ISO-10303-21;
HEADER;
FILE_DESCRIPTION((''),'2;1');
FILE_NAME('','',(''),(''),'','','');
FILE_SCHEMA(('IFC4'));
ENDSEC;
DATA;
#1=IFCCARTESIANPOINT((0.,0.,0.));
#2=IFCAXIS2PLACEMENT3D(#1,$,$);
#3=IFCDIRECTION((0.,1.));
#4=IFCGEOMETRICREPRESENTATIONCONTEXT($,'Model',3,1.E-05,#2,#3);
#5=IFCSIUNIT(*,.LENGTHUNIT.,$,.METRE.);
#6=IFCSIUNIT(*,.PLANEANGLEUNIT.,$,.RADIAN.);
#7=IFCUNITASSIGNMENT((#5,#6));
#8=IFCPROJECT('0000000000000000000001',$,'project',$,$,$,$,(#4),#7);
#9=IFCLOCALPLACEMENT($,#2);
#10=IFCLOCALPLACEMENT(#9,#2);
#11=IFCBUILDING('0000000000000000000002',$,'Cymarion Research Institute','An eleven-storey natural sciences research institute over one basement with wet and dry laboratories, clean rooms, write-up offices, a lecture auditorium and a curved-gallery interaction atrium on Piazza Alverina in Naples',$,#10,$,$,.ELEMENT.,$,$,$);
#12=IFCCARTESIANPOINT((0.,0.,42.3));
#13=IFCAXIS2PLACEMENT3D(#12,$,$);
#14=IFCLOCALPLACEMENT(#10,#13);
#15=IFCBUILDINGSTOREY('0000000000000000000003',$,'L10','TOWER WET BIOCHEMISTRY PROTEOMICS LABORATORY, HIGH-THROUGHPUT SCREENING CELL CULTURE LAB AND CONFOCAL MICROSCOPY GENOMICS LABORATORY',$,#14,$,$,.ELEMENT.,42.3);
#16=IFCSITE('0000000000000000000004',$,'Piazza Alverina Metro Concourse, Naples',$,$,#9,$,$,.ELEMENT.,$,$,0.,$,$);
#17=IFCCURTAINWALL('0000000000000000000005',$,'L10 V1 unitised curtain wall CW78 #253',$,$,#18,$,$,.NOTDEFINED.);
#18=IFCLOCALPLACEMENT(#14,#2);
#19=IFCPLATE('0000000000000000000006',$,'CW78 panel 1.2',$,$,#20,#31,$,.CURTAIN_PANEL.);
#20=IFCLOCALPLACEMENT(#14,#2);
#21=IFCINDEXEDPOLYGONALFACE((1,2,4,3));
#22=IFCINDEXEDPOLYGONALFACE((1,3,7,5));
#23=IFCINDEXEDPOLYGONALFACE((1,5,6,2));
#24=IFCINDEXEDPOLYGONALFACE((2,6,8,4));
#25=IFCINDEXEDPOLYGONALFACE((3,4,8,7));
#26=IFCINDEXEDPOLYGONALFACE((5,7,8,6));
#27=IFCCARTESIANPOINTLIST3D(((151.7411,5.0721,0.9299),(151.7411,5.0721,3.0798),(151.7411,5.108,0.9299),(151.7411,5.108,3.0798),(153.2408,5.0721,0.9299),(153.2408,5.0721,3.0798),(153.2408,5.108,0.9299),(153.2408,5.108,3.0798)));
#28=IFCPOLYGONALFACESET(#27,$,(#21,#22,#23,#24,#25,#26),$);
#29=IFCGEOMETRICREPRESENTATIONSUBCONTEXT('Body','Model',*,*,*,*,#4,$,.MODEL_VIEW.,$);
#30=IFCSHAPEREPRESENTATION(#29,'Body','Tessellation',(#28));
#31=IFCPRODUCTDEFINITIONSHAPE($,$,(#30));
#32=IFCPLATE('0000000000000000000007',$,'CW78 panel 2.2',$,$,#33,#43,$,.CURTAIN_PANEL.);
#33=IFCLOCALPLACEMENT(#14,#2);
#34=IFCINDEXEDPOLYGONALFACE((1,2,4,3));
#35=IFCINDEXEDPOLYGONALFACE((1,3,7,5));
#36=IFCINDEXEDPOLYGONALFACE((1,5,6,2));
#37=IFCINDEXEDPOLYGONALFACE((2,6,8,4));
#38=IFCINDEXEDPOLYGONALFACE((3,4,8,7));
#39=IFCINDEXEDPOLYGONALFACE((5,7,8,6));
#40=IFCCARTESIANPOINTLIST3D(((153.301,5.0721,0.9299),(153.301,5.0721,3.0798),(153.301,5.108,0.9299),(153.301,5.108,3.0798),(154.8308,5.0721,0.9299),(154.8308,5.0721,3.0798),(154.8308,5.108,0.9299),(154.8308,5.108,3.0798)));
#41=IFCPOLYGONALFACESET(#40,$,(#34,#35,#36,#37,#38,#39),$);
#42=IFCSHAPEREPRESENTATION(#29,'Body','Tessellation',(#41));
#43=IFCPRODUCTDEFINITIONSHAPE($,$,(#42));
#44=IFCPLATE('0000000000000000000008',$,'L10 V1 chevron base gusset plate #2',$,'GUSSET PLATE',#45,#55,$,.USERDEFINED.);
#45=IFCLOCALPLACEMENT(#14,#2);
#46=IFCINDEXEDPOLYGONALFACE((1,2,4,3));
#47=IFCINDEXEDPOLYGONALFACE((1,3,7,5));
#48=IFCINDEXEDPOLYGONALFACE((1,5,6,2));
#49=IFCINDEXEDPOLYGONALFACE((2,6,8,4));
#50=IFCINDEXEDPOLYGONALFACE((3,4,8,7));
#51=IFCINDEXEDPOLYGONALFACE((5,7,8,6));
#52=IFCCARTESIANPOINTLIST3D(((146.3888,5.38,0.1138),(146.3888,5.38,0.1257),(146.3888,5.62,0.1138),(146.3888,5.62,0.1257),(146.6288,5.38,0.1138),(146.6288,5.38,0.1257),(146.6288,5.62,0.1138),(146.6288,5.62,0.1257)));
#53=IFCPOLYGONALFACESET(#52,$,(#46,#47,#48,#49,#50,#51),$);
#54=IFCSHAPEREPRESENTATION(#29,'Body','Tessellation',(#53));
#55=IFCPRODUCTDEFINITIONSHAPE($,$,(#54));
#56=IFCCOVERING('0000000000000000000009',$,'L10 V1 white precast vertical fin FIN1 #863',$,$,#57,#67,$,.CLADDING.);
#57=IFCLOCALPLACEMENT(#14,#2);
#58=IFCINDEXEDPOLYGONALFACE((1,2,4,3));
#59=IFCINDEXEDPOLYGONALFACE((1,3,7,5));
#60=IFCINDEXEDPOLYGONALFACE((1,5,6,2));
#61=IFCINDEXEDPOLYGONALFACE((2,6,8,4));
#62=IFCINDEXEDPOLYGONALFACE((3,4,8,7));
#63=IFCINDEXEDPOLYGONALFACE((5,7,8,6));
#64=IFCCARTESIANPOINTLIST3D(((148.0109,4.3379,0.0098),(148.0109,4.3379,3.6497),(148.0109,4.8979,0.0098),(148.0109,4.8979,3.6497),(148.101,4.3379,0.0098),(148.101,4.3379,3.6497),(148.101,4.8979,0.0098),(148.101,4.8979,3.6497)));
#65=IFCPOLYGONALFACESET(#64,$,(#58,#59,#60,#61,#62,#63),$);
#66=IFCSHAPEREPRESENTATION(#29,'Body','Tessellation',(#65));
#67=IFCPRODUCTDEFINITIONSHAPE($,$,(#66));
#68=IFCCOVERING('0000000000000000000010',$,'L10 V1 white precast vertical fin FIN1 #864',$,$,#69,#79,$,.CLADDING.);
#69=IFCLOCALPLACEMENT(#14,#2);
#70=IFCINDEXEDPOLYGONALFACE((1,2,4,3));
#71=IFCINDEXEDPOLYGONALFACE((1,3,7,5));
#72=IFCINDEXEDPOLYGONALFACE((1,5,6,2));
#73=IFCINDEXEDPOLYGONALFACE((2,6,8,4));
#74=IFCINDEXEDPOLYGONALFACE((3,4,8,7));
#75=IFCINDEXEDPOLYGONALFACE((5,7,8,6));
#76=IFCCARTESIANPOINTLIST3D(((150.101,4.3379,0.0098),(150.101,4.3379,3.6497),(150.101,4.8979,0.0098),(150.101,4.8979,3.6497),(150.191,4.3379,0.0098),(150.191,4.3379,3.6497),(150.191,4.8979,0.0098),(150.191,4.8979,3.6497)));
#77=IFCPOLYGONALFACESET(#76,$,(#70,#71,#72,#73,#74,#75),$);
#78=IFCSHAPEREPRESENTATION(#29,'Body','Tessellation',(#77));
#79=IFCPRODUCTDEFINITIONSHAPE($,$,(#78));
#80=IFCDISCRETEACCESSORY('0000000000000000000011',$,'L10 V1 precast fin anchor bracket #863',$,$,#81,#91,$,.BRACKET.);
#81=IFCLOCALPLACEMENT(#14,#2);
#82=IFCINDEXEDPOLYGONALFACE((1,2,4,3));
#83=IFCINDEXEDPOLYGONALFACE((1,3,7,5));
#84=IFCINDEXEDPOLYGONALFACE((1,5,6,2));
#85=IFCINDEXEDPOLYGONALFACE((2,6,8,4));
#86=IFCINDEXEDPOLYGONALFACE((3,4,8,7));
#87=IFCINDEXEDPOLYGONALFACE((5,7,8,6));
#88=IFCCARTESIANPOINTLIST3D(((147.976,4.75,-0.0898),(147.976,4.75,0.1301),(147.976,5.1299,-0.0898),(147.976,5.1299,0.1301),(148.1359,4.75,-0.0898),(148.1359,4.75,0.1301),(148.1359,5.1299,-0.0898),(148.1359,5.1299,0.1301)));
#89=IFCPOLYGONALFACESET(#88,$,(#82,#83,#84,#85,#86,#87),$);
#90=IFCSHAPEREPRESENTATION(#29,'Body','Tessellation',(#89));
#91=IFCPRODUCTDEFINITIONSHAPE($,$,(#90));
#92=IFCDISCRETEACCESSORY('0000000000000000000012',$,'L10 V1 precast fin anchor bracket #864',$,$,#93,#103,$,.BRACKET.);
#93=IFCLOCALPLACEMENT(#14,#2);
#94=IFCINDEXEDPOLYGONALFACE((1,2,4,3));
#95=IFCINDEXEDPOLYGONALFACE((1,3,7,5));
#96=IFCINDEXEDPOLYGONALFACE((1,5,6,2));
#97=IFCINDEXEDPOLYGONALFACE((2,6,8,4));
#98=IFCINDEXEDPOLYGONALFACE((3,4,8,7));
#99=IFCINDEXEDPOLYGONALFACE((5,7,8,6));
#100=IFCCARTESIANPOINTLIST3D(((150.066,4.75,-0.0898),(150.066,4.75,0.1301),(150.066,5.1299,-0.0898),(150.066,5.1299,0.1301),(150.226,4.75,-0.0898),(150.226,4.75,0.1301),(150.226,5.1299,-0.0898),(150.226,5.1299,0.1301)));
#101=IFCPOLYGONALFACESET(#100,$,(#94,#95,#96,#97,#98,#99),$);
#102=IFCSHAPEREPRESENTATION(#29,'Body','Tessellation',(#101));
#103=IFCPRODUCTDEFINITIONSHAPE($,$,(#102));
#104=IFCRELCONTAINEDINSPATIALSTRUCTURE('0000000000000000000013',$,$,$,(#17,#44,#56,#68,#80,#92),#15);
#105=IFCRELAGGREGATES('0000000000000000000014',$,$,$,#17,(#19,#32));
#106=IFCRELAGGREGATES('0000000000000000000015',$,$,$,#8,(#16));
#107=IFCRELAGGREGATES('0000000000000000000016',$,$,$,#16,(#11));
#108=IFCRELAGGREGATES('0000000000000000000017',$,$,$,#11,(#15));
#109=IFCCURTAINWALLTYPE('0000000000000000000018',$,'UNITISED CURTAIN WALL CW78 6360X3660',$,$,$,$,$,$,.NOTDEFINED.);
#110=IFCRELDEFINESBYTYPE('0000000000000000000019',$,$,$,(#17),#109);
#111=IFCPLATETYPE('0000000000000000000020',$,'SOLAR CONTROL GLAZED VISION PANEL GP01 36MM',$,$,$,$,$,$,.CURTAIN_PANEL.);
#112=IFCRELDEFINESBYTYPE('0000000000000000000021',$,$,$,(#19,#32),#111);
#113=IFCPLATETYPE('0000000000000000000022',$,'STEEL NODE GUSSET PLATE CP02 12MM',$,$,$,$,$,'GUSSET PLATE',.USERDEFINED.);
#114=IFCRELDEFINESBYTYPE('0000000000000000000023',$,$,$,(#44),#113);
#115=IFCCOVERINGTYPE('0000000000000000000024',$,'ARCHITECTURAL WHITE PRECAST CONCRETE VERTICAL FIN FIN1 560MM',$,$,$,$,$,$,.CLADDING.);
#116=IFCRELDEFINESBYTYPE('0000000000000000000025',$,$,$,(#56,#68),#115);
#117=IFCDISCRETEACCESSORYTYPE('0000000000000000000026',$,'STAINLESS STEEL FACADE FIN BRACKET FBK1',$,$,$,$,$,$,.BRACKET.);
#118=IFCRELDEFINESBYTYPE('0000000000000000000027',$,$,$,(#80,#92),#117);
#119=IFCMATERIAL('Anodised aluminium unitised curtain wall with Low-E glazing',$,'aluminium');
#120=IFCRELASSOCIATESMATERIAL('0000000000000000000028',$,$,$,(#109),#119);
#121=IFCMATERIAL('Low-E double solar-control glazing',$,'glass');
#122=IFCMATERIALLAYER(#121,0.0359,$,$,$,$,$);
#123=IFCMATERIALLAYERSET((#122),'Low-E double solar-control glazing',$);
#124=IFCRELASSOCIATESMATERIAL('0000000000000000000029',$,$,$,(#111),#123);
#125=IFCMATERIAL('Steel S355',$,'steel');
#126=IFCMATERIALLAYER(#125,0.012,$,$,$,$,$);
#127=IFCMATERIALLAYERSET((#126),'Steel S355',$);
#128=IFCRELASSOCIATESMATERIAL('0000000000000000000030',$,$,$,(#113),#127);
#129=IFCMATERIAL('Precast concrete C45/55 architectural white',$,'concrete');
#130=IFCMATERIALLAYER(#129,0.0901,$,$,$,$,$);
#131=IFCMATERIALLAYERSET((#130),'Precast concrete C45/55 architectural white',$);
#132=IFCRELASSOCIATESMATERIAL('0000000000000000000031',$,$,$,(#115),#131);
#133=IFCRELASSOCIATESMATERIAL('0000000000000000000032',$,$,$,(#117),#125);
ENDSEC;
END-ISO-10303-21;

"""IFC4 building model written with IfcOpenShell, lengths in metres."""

from ifc_helpers import new_model, si_unit, direction, frame, origin, origin_2d, place, context, subcontext, project, spatial, rectangle, extrude, material, layer, layer_set, type_object, element, aggregate, save


model = new_model("IFC4")

# Units and contexts
model_context = context("Model", 3, precision=1e-05, world=origin(), true_north=direction((0.0, 1.0)))
body_context = subcontext(model_context, "Body", "Model", "MODEL_VIEW")
ifc_project = project(units=[si_unit("LENGTHUNIT", "METRE"), si_unit("PLANEANGLEUNIT", "RADIAN")], contexts=[model_context])

# Site, building, storey
site_placement = place(None, origin())
site = spatial("IfcSite", under=ifc_project, at=site_placement, Name="Piazza Alverina Metro Concourse, Naples", CompositionType="ELEMENT", RefElevation=0.0)
building_placement = place(site_placement, origin())
building = spatial("IfcBuilding", under=site, at=building_placement, Name="Cymarion Research Institute", Description="An eleven-storey natural sciences research institute over one basement with wet and dry laboratories, clean rooms, write-up offices, a lecture auditorium and a curved-gallery interaction atrium on Piazza Alverina in Naples", CompositionType="ELEMENT")
storey_placement = place(building_placement, frame((0.0, 0.0, 42.3)))
storey = spatial("IfcBuildingStorey", under=building, at=storey_placement, Name="L10", Description="TOWER WET BIOCHEMISTRY PROTEOMICS LABORATORY, HIGH-THROUGHPUT SCREENING CELL CULTURE LAB AND CONFOCAL MICROSCOPY GENOMICS LABORATORY", CompositionType="ELEMENT", Elevation=42.3)

# Shared definitions
ifc_material_1 = material(Name="Steel S355", Category="steel")

# Curtain wall
ifc_material_2 = material(Name="Anodised aluminium unitised curtain wall with Low-E glazing", Category="aluminium")
curtain_wall_type = type_object("IfcCurtainWallType", Name="UNITISED CURTAIN WALL CW78 6360X3660", PredefinedType="NOTDEFINED", material=ifc_material_2)
curtain_wall_placement = place(storey_placement, origin())
curtain_wall = element("IfcCurtainWall", 1, at=curtain_wall_placement, inside=storey, type_object=curtain_wall_type, Name="L10 V1 unitised curtain wall CW78 #253", PredefinedType="NOTDEFINED")

# Plates
ifc_material_3 = material(Name="Low-E double solar-control glazing", Category="glass")
ifc_layer_1 = layer(ifc_material_3, 0.0359)
ifc_layer_set_1 = layer_set([ifc_layer_1], Name="Low-E double solar-control glazing")
plate_type_1 = type_object("IfcPlateType", Name="SOLAR CONTROL GLAZED VISION PANEL GP01 36MM", PredefinedType="CURTAIN_PANEL", material=ifc_layer_set_1)
plate_1_placement = place(storey_placement, frame((152.491, 5.0901, 0.9299), z_axis=(0.0, 0.0, 1.0), x_axis=(1.0, 0.0, 0.0)))
plate_1 = element("IfcPlate", 2, at=plate_1_placement, type_object=plate_type_1, Name="CW78 panel 1.2", PredefinedType="CURTAIN_PANEL", context=body_context, shape_type="SweptSolid", body=[
    extrude(rectangle(XDim=1.4998, YDim=0.0359, at=origin_2d()), origin(), (0.0, 0.0, 1.0), 2.1499),
])
plate_2_placement = place(storey_placement, frame((154.0659, 5.0901, 0.9299), z_axis=(0.0, 0.0, 1.0), x_axis=(1.0, 0.0, 0.0)))
plate_2 = element("IfcPlate", 3, at=plate_2_placement, type_object=plate_type_1, Name="CW78 panel 2.2", PredefinedType="CURTAIN_PANEL", context=body_context, shape_type="SweptSolid", body=[
    extrude(rectangle(XDim=1.5298, YDim=0.0359, at=origin_2d()), origin(), (0.0, 0.0, 1.0), 2.1499),
])
aggregate(curtain_wall, [plate_1, plate_2])
ifc_layer_2 = layer(ifc_material_1, 0.012)
ifc_layer_set_2 = layer_set([ifc_layer_2], Name="Steel S355")
plate_type_2 = type_object("IfcPlateType", Name="STEEL NODE GUSSET PLATE CP02 12MM", ElementType="GUSSET PLATE", PredefinedType="USERDEFINED", material=ifc_layer_set_2)
plate_3_placement = place(storey_placement, frame((146.5088, 5.5, 0.1138), z_axis=(0.0, 0.0, 1.0), x_axis=(1.0, 0.0, 0.0)))
element("IfcPlate", 4, at=plate_3_placement, inside=storey, type_object=plate_type_2, Name="L10 V1 chevron base gusset plate #2", ObjectType="GUSSET PLATE", PredefinedType="USERDEFINED", context=body_context, shape_type="SweptSolid", body=[
    extrude(rectangle(XDim=0.24, YDim=0.24, at=origin_2d()), origin(), (0.0, 0.0, 1.0), 0.012),
])

# Coverings
ifc_material_4 = material(Name="Precast concrete C45/55 architectural white", Category="concrete")
ifc_layer_3 = layer(ifc_material_4, 0.0901)
ifc_layer_set_3 = layer_set([ifc_layer_3], Name="Precast concrete C45/55 architectural white")
covering_type = type_object("IfcCoveringType", Name="ARCHITECTURAL WHITE PRECAST CONCRETE VERTICAL FIN FIN1 560MM", PredefinedType="CLADDING", material=ifc_layer_set_3)
for number, where, z_axis, x_axis, name in (
    (5, (148.0559, 4.6179, 0.0098), (0.0, 0.0, 1.0), (0.0, -1.0, 0.0), "L10 V1 white precast vertical fin FIN1 #863"),
    (6, (150.146, 4.6179, 0.0098), (0.0, 0.0, 1.0), (0.0, -1.0, 0.0), "L10 V1 white precast vertical fin FIN1 #864"),
):
    element("IfcCovering", number, at=place(storey_placement, frame(where, z_axis=z_axis, x_axis=x_axis)), inside=storey, type_object=covering_type, Name=name, PredefinedType="CLADDING", context=body_context, shape_type="SweptSolid", body=[
        extrude(rectangle(XDim=0.5601, YDim=0.0901, at=origin_2d()), origin(), (0.0, 0.0, 1.0), 3.6399),
    ])

# Discrete accessories
discrete_accessory_type = type_object("IfcDiscreteAccessoryType", Name="STAINLESS STEEL FACADE FIN BRACKET FBK1", PredefinedType="BRACKET", material=ifc_material_1)
for number, where, z_axis, x_axis, name in (
    (7, (148.0559, 4.9399, -0.0898), (0.0, 0.0, 1.0), (0.0, -1.0, 0.0), "L10 V1 precast fin anchor bracket #863"),
    (8, (150.146, 4.9399, -0.0898), (0.0, 0.0, 1.0), (0.0, -1.0, 0.0), "L10 V1 precast fin anchor bracket #864"),
):
    element("IfcDiscreteAccessory", number, at=place(storey_placement, frame(where, z_axis=z_axis, x_axis=x_axis)), inside=storey, type_object=discrete_accessory_type, Name=name, PredefinedType="BRACKET", context=body_context, shape_type="SweptSolid", body=[
        extrude(rectangle(XDim=0.3799, YDim=0.1599, at=origin_2d()), origin(), (0.0, 0.0, 1.0), 0.22),
    ])

save(model, "model.ifc")
